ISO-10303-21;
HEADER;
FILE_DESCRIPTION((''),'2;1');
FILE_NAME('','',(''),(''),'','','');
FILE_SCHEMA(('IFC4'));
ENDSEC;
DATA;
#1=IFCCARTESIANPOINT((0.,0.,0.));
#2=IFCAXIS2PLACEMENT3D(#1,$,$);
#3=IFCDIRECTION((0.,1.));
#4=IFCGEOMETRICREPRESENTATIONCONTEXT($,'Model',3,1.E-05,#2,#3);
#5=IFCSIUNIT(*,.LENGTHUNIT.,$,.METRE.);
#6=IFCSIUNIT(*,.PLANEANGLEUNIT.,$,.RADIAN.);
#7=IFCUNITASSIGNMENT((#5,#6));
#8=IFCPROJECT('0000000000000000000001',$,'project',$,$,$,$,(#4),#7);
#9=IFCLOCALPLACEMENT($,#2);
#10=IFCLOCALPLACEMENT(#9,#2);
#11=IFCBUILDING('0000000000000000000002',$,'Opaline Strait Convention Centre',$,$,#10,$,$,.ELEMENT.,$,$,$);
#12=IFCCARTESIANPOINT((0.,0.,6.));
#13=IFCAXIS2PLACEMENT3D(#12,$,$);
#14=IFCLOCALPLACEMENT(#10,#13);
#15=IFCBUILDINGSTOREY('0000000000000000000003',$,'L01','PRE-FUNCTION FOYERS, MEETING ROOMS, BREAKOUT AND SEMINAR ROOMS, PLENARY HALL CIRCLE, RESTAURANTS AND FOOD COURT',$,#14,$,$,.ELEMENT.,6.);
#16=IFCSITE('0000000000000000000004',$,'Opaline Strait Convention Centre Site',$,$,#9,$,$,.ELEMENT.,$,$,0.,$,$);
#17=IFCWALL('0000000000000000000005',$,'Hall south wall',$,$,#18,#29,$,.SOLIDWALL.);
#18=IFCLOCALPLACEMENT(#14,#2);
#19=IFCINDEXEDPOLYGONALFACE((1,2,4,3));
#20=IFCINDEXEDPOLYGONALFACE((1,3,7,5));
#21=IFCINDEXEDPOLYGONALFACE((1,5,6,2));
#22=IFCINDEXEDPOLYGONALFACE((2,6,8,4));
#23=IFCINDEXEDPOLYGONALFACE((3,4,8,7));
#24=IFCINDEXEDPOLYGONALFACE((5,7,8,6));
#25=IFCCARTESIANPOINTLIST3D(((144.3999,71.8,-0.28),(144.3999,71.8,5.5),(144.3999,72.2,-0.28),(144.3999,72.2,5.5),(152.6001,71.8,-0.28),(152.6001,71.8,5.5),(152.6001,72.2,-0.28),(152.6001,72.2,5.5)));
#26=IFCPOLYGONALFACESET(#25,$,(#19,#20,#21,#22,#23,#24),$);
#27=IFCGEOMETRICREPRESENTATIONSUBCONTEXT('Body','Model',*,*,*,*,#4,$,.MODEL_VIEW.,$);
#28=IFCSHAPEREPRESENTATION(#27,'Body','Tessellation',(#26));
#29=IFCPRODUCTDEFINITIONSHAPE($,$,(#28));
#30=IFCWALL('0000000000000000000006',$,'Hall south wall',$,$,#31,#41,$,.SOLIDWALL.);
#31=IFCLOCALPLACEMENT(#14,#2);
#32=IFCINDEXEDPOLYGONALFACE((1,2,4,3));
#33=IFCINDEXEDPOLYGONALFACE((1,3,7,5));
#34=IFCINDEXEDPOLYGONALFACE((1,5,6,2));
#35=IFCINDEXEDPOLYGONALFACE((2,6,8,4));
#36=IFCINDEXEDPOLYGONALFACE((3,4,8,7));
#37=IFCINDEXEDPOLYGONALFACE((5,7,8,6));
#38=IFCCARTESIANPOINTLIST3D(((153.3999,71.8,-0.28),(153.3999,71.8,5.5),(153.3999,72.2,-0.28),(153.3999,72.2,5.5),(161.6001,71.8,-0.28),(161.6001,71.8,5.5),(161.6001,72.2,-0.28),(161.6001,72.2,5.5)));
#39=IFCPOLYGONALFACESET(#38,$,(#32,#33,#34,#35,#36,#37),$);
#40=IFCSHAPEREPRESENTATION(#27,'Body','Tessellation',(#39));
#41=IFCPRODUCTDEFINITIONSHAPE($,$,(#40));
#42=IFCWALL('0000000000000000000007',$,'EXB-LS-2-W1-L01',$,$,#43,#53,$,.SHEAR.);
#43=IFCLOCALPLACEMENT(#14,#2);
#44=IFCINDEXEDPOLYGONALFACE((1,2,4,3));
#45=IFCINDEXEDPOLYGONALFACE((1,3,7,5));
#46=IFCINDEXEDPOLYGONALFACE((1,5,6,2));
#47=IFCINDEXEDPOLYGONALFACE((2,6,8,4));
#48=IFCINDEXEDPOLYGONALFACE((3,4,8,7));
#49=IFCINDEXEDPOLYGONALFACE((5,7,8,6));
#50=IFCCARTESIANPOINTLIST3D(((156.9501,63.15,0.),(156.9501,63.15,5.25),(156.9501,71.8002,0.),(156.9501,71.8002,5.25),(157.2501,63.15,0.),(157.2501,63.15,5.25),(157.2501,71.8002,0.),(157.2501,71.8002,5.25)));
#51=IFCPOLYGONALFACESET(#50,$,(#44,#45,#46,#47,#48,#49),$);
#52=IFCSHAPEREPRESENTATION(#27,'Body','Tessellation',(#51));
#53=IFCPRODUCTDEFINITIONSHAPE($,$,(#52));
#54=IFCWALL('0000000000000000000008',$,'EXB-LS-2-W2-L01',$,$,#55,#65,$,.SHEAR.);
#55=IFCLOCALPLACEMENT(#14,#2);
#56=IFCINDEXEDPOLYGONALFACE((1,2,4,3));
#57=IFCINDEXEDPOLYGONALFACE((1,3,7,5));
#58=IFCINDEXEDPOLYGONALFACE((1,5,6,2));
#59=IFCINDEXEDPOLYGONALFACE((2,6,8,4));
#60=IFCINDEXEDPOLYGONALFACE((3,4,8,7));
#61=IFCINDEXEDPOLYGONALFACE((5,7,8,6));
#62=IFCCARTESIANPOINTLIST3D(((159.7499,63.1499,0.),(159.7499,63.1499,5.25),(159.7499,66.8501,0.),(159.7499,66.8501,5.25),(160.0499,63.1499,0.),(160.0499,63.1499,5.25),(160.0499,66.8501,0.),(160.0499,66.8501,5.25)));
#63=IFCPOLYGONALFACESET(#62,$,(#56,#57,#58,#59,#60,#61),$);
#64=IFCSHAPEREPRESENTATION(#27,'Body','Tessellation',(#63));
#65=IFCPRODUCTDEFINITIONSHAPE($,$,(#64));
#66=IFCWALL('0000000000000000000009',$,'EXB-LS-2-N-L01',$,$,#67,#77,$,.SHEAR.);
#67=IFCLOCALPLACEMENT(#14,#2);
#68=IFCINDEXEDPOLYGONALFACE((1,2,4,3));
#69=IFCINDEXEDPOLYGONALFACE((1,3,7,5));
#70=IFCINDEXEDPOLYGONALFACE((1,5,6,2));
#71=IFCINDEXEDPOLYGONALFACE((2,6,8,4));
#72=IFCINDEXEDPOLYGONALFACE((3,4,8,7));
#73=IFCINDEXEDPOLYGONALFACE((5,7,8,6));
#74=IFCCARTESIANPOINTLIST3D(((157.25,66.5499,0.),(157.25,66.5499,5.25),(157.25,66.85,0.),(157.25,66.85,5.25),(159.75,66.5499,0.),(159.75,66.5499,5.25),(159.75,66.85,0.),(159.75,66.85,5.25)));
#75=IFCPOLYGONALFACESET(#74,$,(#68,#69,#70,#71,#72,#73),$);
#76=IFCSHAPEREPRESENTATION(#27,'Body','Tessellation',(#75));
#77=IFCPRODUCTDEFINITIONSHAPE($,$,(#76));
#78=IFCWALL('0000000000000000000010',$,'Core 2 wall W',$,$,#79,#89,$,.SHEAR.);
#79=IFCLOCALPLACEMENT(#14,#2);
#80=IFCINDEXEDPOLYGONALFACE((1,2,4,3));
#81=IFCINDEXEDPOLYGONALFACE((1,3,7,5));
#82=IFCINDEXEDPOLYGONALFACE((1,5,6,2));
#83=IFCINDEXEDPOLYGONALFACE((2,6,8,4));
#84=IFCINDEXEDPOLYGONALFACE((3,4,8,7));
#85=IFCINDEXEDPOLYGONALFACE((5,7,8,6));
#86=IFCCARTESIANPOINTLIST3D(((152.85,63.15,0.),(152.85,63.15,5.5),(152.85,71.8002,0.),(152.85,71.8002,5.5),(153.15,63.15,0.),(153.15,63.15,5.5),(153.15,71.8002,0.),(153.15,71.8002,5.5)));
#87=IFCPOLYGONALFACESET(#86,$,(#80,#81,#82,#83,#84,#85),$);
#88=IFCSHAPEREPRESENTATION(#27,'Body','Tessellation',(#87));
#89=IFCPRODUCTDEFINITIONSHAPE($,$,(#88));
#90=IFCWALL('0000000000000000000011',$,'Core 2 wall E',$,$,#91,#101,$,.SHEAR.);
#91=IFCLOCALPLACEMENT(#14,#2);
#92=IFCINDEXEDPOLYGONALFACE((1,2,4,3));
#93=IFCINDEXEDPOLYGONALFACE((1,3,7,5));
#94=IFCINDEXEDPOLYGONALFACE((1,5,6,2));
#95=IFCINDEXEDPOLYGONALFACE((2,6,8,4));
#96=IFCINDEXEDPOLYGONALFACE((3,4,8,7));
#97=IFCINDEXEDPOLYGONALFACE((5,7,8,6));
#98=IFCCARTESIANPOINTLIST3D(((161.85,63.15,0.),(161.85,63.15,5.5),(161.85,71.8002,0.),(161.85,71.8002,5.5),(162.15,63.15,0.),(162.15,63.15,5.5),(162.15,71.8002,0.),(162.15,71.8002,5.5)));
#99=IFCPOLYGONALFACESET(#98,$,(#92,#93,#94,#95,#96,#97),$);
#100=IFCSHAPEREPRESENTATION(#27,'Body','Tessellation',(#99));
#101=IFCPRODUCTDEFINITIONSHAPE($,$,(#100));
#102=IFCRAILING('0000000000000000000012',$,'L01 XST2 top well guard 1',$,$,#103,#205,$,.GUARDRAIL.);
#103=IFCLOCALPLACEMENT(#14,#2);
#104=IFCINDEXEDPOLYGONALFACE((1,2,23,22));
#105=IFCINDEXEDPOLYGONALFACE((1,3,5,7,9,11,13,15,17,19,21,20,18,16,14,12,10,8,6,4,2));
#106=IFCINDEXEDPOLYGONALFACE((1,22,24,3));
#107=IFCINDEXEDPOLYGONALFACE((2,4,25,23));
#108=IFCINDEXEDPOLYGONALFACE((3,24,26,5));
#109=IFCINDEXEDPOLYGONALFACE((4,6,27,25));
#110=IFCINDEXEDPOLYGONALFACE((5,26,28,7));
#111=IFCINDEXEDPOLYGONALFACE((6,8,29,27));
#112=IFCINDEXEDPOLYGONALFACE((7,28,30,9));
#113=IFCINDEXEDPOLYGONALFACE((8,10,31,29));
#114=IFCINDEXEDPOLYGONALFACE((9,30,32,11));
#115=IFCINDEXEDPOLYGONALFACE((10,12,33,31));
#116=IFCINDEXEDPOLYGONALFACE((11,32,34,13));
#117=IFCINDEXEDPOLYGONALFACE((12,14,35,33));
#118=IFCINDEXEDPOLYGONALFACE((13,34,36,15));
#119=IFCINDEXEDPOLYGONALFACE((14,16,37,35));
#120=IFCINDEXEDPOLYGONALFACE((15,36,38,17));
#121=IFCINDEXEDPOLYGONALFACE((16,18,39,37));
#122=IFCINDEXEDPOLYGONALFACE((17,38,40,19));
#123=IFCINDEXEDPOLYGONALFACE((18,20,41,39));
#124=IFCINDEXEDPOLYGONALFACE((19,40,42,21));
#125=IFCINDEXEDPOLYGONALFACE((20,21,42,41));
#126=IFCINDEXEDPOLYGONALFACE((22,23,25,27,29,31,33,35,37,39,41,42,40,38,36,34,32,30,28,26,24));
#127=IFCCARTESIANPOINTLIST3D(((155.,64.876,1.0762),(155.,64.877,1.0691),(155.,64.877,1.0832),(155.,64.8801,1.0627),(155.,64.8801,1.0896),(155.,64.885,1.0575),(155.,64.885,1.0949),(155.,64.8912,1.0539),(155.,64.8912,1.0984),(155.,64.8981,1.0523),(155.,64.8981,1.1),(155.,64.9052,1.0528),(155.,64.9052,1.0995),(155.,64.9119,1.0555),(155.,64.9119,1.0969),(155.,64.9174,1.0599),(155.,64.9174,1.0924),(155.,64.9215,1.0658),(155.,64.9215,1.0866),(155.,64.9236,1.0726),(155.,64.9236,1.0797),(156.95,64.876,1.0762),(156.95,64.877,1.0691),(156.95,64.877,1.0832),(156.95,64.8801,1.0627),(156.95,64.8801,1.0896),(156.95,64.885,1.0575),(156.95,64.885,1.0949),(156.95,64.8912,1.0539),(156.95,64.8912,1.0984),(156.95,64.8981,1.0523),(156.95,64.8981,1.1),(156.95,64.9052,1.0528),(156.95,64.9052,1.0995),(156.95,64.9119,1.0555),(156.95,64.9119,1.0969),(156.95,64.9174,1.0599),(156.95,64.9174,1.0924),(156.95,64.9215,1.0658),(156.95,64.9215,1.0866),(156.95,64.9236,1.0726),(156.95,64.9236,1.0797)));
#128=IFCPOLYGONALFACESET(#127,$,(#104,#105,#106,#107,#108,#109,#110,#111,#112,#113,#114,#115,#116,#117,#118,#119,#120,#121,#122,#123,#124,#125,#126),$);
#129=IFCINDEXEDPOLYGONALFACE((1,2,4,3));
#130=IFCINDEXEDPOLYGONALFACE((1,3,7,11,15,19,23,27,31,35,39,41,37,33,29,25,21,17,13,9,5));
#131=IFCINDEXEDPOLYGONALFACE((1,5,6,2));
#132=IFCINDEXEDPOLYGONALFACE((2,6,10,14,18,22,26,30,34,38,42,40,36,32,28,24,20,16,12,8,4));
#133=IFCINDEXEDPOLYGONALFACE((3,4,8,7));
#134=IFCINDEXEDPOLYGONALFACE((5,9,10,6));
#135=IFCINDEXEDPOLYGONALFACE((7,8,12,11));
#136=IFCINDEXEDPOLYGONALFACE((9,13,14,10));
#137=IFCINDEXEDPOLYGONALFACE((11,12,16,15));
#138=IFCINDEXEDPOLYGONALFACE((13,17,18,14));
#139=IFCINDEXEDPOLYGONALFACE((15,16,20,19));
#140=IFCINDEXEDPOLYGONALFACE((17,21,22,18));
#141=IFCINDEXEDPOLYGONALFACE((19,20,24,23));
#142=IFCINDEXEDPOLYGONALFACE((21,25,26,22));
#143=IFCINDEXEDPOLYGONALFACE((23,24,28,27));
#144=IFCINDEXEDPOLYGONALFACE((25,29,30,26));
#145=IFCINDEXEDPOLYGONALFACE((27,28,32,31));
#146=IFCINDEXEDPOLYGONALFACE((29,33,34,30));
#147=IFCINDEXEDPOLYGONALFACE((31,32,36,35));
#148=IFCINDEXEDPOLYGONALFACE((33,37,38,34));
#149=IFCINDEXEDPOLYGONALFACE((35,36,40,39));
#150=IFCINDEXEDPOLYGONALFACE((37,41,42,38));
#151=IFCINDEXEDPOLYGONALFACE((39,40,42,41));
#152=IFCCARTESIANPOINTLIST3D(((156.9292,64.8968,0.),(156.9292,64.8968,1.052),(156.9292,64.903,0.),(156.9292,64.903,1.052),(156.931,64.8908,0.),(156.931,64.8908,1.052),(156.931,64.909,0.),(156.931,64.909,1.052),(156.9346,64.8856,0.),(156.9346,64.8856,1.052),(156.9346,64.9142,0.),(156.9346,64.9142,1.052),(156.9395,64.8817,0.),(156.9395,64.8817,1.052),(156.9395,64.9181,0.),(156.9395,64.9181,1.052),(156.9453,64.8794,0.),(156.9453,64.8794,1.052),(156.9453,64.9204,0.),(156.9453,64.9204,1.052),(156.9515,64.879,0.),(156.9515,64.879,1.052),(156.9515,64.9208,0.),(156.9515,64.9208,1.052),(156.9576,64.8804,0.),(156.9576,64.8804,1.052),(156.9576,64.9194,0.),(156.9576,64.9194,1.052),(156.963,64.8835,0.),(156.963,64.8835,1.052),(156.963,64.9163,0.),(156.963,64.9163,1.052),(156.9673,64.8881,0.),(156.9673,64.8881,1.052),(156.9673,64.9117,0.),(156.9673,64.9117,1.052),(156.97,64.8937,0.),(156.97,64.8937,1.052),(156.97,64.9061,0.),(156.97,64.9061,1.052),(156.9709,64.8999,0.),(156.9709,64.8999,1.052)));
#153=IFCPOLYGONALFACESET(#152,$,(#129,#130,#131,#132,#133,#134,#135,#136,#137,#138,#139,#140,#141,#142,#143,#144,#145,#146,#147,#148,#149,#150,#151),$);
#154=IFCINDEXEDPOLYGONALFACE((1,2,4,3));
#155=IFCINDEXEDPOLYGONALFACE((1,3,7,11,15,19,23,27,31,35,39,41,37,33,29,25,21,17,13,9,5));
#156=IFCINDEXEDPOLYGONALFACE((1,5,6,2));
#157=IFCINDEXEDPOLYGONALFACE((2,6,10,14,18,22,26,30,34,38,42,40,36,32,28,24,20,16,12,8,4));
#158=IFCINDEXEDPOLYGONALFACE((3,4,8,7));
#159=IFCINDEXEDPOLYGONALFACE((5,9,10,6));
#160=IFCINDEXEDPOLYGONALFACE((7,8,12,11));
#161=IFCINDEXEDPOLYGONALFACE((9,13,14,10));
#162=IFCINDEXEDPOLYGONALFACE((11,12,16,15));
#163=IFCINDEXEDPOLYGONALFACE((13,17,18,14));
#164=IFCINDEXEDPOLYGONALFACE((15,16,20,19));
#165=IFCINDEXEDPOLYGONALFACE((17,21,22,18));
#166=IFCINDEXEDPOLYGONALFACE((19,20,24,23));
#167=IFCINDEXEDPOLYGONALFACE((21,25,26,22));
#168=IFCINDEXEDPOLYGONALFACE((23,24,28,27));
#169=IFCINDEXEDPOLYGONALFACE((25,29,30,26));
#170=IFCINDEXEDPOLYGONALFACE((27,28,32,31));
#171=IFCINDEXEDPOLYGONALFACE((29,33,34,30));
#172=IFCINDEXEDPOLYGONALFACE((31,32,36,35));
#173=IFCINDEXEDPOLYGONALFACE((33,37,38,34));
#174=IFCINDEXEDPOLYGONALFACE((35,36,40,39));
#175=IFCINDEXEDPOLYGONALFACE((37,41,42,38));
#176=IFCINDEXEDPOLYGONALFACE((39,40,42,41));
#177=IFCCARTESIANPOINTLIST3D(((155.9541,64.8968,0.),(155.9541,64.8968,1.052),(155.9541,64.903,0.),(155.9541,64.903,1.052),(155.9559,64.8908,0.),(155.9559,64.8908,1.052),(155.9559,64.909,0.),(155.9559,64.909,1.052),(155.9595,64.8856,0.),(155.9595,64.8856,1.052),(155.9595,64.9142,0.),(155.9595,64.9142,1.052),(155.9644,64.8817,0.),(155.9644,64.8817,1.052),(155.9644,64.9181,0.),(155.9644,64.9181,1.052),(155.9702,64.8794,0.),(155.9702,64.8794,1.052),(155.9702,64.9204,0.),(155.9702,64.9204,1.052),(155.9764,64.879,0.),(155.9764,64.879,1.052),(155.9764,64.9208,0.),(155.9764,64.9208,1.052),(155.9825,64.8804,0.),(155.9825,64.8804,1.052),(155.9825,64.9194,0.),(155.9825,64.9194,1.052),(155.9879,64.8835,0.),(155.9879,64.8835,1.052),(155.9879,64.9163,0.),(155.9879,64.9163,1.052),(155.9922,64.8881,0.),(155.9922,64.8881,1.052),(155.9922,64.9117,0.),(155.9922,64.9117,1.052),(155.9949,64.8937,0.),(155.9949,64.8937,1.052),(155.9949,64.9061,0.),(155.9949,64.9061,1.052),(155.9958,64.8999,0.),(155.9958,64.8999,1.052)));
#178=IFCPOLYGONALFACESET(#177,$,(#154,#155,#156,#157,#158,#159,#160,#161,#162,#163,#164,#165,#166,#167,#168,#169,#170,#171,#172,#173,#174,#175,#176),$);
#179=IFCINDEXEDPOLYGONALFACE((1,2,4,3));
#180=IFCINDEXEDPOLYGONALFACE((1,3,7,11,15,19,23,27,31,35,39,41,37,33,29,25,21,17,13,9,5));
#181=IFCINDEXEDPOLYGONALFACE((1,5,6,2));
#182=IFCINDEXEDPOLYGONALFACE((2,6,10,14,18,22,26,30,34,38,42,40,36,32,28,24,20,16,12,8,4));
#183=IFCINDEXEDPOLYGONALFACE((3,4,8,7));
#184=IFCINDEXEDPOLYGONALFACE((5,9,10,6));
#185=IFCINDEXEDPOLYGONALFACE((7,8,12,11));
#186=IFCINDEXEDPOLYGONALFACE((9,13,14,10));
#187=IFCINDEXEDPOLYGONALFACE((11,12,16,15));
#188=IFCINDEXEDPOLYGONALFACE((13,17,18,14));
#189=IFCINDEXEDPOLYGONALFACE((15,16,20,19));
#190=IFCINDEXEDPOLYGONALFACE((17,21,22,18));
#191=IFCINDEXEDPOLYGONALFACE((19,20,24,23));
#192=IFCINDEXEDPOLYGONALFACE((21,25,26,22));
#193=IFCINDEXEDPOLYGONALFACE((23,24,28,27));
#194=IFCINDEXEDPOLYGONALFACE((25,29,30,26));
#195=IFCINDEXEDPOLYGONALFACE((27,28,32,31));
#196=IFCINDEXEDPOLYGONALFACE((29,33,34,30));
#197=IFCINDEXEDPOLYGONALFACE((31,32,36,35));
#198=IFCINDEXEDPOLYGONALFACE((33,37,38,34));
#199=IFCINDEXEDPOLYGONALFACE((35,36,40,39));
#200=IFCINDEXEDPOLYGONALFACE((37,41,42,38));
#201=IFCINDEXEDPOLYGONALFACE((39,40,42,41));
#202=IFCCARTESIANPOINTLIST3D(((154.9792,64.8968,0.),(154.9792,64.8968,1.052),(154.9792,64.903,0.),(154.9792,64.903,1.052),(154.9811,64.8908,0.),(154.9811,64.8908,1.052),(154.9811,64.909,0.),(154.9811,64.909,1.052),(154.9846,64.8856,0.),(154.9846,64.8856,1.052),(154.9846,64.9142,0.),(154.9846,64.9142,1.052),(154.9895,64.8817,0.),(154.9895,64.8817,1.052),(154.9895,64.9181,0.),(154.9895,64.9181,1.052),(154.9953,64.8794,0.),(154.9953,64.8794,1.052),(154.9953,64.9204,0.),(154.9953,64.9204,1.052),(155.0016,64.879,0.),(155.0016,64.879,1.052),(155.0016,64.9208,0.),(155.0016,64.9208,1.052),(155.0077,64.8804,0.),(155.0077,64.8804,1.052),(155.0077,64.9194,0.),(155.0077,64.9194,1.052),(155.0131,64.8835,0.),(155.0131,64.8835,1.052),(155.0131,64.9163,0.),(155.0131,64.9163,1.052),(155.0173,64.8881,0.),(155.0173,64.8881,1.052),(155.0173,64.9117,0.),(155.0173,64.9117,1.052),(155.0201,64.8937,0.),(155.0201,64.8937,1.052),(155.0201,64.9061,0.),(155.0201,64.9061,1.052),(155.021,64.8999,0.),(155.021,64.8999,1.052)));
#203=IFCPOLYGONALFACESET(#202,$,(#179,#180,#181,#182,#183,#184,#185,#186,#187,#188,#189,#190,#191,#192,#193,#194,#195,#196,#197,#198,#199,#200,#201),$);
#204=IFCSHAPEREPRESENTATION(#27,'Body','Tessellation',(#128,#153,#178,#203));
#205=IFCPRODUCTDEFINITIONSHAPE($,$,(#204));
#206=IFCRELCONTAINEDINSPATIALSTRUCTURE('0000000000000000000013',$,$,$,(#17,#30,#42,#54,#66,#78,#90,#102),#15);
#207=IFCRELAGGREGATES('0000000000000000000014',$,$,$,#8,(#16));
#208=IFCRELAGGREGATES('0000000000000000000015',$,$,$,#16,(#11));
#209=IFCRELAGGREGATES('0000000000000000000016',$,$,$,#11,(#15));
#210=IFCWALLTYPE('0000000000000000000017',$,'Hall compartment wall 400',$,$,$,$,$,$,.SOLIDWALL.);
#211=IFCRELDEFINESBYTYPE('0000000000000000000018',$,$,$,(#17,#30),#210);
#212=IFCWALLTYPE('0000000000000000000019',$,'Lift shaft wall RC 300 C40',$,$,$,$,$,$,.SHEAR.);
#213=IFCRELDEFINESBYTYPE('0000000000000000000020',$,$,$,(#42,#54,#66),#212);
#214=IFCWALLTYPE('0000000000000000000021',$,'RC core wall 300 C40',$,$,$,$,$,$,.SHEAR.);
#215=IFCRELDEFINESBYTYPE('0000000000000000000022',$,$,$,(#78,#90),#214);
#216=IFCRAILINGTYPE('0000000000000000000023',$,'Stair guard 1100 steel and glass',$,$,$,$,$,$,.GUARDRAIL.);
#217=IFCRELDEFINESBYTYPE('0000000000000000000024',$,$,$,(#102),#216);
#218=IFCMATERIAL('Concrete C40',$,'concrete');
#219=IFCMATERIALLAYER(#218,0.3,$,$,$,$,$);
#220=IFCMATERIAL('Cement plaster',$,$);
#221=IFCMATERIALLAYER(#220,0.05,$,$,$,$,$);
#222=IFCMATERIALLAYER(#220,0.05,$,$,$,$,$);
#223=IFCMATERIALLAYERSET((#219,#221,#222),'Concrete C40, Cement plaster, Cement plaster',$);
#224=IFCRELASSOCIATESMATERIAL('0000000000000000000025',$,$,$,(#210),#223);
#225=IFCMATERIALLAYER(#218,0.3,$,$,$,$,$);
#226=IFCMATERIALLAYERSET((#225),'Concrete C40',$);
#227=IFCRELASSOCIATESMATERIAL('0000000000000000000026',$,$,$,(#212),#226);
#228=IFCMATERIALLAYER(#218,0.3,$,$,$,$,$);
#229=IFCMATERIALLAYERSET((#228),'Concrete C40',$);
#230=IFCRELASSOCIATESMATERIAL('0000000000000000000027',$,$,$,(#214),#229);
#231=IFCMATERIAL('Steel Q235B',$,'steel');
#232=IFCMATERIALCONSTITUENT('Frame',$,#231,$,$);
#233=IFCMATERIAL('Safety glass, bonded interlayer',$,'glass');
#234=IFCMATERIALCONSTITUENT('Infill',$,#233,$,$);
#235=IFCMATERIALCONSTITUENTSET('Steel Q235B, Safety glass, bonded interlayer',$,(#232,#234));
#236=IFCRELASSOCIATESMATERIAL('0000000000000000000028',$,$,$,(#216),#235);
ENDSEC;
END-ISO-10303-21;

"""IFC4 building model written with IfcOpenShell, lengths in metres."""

from ifc_helpers import new_model, si_unit, direction, frame, frame_2d, origin, origin_2d, place, context, subcontext, project, spatial, rectangle, circle, extrude, material, layer, layer_set, constituent, constituent_set, type_object, element, save


model = new_model("IFC4")

# Units and contexts
model_context = context("Model", 3, precision=1e-05, world=origin(), true_north=direction((0.0, 1.0)))
body_context = subcontext(model_context, "Body", "Model", "MODEL_VIEW")
ifc_project = project(units=[si_unit("LENGTHUNIT", "METRE"), si_unit("PLANEANGLEUNIT", "RADIAN")], contexts=[model_context])

# Site, building, storey
site_placement = place(None, origin())
site = spatial("IfcSite", under=ifc_project, at=site_placement, Name="Opaline Strait Convention Centre Site", CompositionType="ELEMENT", RefElevation=0.0)
building_placement = place(site_placement, origin())
building = spatial("IfcBuilding", under=site, at=building_placement, Name="Opaline Strait Convention Centre", CompositionType="ELEMENT")
storey_placement = place(building_placement, frame((0.0, 0.0, 6.0)))
storey = spatial("IfcBuildingStorey", under=building, at=storey_placement, Name="L01", Description="PRE-FUNCTION FOYERS, MEETING ROOMS, BREAKOUT AND SEMINAR ROOMS, PLENARY HALL CIRCLE, RESTAURANTS AND FOOD COURT", CompositionType="ELEMENT", Elevation=6.0)

# Shared definitions
ifc_material_1 = material(Name="Concrete C40", Category="concrete")

# Walls
ifc_layer_1 = layer(ifc_material_1, 0.3)
ifc_material_2 = material(Name="Cement plaster")
ifc_layer_2 = layer(ifc_material_2, 0.05)
ifc_layer_3 = layer(ifc_material_2, 0.05)
ifc_layer_set_1 = layer_set([ifc_layer_1, ifc_layer_2, ifc_layer_3], Name="Concrete C40, Cement plaster, Cement plaster")
wall_type_1 = type_object("IfcWallType", Name="Hall compartment wall 400", PredefinedType="SOLIDWALL", material=ifc_layer_set_1)
for number, where, z_axis, x_axis, name in (
    (1, (144.3999, 72.0, -0.28), (0.0, 0.0, 1.0), (1.0, 0.0, 0.0), "Hall south wall"),
    (2, (153.3999, 72.0, -0.28), (0.0, 0.0, 1.0), (1.0, 0.0, 0.0), "Hall south wall"),
):
    element("IfcWall", number, at=place(storey_placement, frame(where, z_axis=z_axis, x_axis=x_axis)), inside=storey, type_object=wall_type_1, Name=name, PredefinedType="SOLIDWALL", context=body_context, shape_type="SweptSolid", body=[
        extrude(rectangle(XDim=8.2002, YDim=0.3999, at=frame_2d((4.1001, 0.0))), origin(), (0.0, 0.0, 1.0), 5.78),
    ])
ifc_layer_4 = layer(ifc_material_1, 0.3)
ifc_layer_set_2 = layer_set([ifc_layer_4], Name="Concrete C40")
wall_type_2 = type_object("IfcWallType", Name="Lift shaft wall RC 300 C40", PredefinedType="SHEAR", material=ifc_layer_set_2)
wall_1_placement = place(storey_placement, frame((157.1001, 63.1499, 0.0), z_axis=(0.0, 0.0, 1.0), x_axis=(0.0, 1.0, 0.0)))
element("IfcWall", 3, at=wall_1_placement, inside=storey, type_object=wall_type_2, Name="EXB-LS-2-W1-L01", PredefinedType="SHEAR", context=body_context, shape_type="SweptSolid", body=[
    extrude(rectangle(XDim=8.6501, YDim=0.3, at=frame_2d((4.3252, 0.0))), origin(), (0.0, 0.0, 1.0), 5.25),
])
wall_2_placement = place(storey_placement, frame((159.8999, 63.1499, 0.0), z_axis=(0.0, 0.0, 1.0), x_axis=(0.0, 1.0, 0.0)))
element("IfcWall", 4, at=wall_2_placement, inside=storey, type_object=wall_type_2, Name="EXB-LS-2-W2-L01", PredefinedType="SHEAR", context=body_context, shape_type="SweptSolid", body=[
    extrude(rectangle(XDim=3.7002, YDim=0.3, at=frame_2d((1.8501, 0.0))), origin(), (0.0, 0.0, 1.0), 5.25),
])
wall_3_placement = place(storey_placement, frame((157.25, 66.7, 0.0), z_axis=(0.0, 0.0, 1.0), x_axis=(1.0, 0.0, 0.0)))
element("IfcWall", 5, at=wall_3_placement, inside=storey, type_object=wall_type_2, Name="EXB-LS-2-N-L01", PredefinedType="SHEAR", context=body_context, shape_type="SweptSolid", body=[
    extrude(rectangle(XDim=2.5, YDim=0.3, at=frame_2d((1.25, 0.0))), origin(), (0.0, 0.0, 1.0), 5.25),
])
ifc_layer_5 = layer(ifc_material_1, 0.3)
ifc_layer_set_3 = layer_set([ifc_layer_5], Name="Concrete C40")
wall_type_3 = type_object("IfcWallType", Name="RC core wall 300 C40", PredefinedType="SHEAR", material=ifc_layer_set_3)
for number, where, z_axis, x_axis, name in (
    (6, (153.0, 63.1499, 0.0), (0.0, 0.0, 1.0), (0.0, 1.0, 0.0), "Core 2 wall W"),
    (7, (162.0, 63.1499, 0.0), (0.0, 0.0, 1.0), (0.0, 1.0, 0.0), "Core 2 wall E"),
):
    element("IfcWall", number, at=place(storey_placement, frame(where, z_axis=z_axis, x_axis=x_axis)), inside=storey, type_object=wall_type_3, Name=name, PredefinedType="SHEAR", context=body_context, shape_type="SweptSolid", body=[
        extrude(rectangle(XDim=8.6501, YDim=0.3, at=frame_2d((4.3252, 0.0))), origin(), (0.0, 0.0, 1.0), 5.5),
    ])

# Railing
ifc_material_3 = material(Name="Steel Q235B", Category="steel")
ifc_constituent_1 = constituent(ifc_material_3, Name="Frame")
ifc_material_4 = material(Name="Safety glass, bonded interlayer", Category="glass")
ifc_constituent_2 = constituent(ifc_material_4, Name="Infill")
ifc_constituent_set = constituent_set(constituents=[ifc_constituent_1, ifc_constituent_2], Name="Steel Q235B, Safety glass, bonded interlayer")
railing_type = type_object("IfcRailingType", Name="Stair guard 1100 steel and glass", PredefinedType="GUARDRAIL", material=ifc_constituent_set)
railing_placement = place(storey_placement, frame((156.95, 64.8999, 0.0)))
element("IfcRailing", 8, at=railing_placement, inside=storey, type_object=railing_type, Name="L01 XST2 top well guard 1", PredefinedType="GUARDRAIL", context=body_context, shape_type="SweptSolid", body=[
    extrude(circle(Radius=0.0239, at=origin_2d()), frame((0.0, 0.0, 1.0762), z_axis=(-1.0, 0.0, 0.0), x_axis=(0.0, -1.0, 0.0)), (0.0, 0.0, 1.0), 1.95),
    extrude(circle(Radius=0.021, at=origin_2d()), origin(), (0.0, 0.0, 1.0), 1.052),
    extrude(circle(Radius=0.021, at=origin_2d()), frame((-0.9751, 0.0, 0.0)), (0.0, 0.0, 1.0), 1.052),
    extrude(circle(Radius=0.021, at=origin_2d()), frame((-1.95, 0.0, 0.0)), (0.0, 0.0, 1.0), 1.052),
])

save(model, "model.ifc")
